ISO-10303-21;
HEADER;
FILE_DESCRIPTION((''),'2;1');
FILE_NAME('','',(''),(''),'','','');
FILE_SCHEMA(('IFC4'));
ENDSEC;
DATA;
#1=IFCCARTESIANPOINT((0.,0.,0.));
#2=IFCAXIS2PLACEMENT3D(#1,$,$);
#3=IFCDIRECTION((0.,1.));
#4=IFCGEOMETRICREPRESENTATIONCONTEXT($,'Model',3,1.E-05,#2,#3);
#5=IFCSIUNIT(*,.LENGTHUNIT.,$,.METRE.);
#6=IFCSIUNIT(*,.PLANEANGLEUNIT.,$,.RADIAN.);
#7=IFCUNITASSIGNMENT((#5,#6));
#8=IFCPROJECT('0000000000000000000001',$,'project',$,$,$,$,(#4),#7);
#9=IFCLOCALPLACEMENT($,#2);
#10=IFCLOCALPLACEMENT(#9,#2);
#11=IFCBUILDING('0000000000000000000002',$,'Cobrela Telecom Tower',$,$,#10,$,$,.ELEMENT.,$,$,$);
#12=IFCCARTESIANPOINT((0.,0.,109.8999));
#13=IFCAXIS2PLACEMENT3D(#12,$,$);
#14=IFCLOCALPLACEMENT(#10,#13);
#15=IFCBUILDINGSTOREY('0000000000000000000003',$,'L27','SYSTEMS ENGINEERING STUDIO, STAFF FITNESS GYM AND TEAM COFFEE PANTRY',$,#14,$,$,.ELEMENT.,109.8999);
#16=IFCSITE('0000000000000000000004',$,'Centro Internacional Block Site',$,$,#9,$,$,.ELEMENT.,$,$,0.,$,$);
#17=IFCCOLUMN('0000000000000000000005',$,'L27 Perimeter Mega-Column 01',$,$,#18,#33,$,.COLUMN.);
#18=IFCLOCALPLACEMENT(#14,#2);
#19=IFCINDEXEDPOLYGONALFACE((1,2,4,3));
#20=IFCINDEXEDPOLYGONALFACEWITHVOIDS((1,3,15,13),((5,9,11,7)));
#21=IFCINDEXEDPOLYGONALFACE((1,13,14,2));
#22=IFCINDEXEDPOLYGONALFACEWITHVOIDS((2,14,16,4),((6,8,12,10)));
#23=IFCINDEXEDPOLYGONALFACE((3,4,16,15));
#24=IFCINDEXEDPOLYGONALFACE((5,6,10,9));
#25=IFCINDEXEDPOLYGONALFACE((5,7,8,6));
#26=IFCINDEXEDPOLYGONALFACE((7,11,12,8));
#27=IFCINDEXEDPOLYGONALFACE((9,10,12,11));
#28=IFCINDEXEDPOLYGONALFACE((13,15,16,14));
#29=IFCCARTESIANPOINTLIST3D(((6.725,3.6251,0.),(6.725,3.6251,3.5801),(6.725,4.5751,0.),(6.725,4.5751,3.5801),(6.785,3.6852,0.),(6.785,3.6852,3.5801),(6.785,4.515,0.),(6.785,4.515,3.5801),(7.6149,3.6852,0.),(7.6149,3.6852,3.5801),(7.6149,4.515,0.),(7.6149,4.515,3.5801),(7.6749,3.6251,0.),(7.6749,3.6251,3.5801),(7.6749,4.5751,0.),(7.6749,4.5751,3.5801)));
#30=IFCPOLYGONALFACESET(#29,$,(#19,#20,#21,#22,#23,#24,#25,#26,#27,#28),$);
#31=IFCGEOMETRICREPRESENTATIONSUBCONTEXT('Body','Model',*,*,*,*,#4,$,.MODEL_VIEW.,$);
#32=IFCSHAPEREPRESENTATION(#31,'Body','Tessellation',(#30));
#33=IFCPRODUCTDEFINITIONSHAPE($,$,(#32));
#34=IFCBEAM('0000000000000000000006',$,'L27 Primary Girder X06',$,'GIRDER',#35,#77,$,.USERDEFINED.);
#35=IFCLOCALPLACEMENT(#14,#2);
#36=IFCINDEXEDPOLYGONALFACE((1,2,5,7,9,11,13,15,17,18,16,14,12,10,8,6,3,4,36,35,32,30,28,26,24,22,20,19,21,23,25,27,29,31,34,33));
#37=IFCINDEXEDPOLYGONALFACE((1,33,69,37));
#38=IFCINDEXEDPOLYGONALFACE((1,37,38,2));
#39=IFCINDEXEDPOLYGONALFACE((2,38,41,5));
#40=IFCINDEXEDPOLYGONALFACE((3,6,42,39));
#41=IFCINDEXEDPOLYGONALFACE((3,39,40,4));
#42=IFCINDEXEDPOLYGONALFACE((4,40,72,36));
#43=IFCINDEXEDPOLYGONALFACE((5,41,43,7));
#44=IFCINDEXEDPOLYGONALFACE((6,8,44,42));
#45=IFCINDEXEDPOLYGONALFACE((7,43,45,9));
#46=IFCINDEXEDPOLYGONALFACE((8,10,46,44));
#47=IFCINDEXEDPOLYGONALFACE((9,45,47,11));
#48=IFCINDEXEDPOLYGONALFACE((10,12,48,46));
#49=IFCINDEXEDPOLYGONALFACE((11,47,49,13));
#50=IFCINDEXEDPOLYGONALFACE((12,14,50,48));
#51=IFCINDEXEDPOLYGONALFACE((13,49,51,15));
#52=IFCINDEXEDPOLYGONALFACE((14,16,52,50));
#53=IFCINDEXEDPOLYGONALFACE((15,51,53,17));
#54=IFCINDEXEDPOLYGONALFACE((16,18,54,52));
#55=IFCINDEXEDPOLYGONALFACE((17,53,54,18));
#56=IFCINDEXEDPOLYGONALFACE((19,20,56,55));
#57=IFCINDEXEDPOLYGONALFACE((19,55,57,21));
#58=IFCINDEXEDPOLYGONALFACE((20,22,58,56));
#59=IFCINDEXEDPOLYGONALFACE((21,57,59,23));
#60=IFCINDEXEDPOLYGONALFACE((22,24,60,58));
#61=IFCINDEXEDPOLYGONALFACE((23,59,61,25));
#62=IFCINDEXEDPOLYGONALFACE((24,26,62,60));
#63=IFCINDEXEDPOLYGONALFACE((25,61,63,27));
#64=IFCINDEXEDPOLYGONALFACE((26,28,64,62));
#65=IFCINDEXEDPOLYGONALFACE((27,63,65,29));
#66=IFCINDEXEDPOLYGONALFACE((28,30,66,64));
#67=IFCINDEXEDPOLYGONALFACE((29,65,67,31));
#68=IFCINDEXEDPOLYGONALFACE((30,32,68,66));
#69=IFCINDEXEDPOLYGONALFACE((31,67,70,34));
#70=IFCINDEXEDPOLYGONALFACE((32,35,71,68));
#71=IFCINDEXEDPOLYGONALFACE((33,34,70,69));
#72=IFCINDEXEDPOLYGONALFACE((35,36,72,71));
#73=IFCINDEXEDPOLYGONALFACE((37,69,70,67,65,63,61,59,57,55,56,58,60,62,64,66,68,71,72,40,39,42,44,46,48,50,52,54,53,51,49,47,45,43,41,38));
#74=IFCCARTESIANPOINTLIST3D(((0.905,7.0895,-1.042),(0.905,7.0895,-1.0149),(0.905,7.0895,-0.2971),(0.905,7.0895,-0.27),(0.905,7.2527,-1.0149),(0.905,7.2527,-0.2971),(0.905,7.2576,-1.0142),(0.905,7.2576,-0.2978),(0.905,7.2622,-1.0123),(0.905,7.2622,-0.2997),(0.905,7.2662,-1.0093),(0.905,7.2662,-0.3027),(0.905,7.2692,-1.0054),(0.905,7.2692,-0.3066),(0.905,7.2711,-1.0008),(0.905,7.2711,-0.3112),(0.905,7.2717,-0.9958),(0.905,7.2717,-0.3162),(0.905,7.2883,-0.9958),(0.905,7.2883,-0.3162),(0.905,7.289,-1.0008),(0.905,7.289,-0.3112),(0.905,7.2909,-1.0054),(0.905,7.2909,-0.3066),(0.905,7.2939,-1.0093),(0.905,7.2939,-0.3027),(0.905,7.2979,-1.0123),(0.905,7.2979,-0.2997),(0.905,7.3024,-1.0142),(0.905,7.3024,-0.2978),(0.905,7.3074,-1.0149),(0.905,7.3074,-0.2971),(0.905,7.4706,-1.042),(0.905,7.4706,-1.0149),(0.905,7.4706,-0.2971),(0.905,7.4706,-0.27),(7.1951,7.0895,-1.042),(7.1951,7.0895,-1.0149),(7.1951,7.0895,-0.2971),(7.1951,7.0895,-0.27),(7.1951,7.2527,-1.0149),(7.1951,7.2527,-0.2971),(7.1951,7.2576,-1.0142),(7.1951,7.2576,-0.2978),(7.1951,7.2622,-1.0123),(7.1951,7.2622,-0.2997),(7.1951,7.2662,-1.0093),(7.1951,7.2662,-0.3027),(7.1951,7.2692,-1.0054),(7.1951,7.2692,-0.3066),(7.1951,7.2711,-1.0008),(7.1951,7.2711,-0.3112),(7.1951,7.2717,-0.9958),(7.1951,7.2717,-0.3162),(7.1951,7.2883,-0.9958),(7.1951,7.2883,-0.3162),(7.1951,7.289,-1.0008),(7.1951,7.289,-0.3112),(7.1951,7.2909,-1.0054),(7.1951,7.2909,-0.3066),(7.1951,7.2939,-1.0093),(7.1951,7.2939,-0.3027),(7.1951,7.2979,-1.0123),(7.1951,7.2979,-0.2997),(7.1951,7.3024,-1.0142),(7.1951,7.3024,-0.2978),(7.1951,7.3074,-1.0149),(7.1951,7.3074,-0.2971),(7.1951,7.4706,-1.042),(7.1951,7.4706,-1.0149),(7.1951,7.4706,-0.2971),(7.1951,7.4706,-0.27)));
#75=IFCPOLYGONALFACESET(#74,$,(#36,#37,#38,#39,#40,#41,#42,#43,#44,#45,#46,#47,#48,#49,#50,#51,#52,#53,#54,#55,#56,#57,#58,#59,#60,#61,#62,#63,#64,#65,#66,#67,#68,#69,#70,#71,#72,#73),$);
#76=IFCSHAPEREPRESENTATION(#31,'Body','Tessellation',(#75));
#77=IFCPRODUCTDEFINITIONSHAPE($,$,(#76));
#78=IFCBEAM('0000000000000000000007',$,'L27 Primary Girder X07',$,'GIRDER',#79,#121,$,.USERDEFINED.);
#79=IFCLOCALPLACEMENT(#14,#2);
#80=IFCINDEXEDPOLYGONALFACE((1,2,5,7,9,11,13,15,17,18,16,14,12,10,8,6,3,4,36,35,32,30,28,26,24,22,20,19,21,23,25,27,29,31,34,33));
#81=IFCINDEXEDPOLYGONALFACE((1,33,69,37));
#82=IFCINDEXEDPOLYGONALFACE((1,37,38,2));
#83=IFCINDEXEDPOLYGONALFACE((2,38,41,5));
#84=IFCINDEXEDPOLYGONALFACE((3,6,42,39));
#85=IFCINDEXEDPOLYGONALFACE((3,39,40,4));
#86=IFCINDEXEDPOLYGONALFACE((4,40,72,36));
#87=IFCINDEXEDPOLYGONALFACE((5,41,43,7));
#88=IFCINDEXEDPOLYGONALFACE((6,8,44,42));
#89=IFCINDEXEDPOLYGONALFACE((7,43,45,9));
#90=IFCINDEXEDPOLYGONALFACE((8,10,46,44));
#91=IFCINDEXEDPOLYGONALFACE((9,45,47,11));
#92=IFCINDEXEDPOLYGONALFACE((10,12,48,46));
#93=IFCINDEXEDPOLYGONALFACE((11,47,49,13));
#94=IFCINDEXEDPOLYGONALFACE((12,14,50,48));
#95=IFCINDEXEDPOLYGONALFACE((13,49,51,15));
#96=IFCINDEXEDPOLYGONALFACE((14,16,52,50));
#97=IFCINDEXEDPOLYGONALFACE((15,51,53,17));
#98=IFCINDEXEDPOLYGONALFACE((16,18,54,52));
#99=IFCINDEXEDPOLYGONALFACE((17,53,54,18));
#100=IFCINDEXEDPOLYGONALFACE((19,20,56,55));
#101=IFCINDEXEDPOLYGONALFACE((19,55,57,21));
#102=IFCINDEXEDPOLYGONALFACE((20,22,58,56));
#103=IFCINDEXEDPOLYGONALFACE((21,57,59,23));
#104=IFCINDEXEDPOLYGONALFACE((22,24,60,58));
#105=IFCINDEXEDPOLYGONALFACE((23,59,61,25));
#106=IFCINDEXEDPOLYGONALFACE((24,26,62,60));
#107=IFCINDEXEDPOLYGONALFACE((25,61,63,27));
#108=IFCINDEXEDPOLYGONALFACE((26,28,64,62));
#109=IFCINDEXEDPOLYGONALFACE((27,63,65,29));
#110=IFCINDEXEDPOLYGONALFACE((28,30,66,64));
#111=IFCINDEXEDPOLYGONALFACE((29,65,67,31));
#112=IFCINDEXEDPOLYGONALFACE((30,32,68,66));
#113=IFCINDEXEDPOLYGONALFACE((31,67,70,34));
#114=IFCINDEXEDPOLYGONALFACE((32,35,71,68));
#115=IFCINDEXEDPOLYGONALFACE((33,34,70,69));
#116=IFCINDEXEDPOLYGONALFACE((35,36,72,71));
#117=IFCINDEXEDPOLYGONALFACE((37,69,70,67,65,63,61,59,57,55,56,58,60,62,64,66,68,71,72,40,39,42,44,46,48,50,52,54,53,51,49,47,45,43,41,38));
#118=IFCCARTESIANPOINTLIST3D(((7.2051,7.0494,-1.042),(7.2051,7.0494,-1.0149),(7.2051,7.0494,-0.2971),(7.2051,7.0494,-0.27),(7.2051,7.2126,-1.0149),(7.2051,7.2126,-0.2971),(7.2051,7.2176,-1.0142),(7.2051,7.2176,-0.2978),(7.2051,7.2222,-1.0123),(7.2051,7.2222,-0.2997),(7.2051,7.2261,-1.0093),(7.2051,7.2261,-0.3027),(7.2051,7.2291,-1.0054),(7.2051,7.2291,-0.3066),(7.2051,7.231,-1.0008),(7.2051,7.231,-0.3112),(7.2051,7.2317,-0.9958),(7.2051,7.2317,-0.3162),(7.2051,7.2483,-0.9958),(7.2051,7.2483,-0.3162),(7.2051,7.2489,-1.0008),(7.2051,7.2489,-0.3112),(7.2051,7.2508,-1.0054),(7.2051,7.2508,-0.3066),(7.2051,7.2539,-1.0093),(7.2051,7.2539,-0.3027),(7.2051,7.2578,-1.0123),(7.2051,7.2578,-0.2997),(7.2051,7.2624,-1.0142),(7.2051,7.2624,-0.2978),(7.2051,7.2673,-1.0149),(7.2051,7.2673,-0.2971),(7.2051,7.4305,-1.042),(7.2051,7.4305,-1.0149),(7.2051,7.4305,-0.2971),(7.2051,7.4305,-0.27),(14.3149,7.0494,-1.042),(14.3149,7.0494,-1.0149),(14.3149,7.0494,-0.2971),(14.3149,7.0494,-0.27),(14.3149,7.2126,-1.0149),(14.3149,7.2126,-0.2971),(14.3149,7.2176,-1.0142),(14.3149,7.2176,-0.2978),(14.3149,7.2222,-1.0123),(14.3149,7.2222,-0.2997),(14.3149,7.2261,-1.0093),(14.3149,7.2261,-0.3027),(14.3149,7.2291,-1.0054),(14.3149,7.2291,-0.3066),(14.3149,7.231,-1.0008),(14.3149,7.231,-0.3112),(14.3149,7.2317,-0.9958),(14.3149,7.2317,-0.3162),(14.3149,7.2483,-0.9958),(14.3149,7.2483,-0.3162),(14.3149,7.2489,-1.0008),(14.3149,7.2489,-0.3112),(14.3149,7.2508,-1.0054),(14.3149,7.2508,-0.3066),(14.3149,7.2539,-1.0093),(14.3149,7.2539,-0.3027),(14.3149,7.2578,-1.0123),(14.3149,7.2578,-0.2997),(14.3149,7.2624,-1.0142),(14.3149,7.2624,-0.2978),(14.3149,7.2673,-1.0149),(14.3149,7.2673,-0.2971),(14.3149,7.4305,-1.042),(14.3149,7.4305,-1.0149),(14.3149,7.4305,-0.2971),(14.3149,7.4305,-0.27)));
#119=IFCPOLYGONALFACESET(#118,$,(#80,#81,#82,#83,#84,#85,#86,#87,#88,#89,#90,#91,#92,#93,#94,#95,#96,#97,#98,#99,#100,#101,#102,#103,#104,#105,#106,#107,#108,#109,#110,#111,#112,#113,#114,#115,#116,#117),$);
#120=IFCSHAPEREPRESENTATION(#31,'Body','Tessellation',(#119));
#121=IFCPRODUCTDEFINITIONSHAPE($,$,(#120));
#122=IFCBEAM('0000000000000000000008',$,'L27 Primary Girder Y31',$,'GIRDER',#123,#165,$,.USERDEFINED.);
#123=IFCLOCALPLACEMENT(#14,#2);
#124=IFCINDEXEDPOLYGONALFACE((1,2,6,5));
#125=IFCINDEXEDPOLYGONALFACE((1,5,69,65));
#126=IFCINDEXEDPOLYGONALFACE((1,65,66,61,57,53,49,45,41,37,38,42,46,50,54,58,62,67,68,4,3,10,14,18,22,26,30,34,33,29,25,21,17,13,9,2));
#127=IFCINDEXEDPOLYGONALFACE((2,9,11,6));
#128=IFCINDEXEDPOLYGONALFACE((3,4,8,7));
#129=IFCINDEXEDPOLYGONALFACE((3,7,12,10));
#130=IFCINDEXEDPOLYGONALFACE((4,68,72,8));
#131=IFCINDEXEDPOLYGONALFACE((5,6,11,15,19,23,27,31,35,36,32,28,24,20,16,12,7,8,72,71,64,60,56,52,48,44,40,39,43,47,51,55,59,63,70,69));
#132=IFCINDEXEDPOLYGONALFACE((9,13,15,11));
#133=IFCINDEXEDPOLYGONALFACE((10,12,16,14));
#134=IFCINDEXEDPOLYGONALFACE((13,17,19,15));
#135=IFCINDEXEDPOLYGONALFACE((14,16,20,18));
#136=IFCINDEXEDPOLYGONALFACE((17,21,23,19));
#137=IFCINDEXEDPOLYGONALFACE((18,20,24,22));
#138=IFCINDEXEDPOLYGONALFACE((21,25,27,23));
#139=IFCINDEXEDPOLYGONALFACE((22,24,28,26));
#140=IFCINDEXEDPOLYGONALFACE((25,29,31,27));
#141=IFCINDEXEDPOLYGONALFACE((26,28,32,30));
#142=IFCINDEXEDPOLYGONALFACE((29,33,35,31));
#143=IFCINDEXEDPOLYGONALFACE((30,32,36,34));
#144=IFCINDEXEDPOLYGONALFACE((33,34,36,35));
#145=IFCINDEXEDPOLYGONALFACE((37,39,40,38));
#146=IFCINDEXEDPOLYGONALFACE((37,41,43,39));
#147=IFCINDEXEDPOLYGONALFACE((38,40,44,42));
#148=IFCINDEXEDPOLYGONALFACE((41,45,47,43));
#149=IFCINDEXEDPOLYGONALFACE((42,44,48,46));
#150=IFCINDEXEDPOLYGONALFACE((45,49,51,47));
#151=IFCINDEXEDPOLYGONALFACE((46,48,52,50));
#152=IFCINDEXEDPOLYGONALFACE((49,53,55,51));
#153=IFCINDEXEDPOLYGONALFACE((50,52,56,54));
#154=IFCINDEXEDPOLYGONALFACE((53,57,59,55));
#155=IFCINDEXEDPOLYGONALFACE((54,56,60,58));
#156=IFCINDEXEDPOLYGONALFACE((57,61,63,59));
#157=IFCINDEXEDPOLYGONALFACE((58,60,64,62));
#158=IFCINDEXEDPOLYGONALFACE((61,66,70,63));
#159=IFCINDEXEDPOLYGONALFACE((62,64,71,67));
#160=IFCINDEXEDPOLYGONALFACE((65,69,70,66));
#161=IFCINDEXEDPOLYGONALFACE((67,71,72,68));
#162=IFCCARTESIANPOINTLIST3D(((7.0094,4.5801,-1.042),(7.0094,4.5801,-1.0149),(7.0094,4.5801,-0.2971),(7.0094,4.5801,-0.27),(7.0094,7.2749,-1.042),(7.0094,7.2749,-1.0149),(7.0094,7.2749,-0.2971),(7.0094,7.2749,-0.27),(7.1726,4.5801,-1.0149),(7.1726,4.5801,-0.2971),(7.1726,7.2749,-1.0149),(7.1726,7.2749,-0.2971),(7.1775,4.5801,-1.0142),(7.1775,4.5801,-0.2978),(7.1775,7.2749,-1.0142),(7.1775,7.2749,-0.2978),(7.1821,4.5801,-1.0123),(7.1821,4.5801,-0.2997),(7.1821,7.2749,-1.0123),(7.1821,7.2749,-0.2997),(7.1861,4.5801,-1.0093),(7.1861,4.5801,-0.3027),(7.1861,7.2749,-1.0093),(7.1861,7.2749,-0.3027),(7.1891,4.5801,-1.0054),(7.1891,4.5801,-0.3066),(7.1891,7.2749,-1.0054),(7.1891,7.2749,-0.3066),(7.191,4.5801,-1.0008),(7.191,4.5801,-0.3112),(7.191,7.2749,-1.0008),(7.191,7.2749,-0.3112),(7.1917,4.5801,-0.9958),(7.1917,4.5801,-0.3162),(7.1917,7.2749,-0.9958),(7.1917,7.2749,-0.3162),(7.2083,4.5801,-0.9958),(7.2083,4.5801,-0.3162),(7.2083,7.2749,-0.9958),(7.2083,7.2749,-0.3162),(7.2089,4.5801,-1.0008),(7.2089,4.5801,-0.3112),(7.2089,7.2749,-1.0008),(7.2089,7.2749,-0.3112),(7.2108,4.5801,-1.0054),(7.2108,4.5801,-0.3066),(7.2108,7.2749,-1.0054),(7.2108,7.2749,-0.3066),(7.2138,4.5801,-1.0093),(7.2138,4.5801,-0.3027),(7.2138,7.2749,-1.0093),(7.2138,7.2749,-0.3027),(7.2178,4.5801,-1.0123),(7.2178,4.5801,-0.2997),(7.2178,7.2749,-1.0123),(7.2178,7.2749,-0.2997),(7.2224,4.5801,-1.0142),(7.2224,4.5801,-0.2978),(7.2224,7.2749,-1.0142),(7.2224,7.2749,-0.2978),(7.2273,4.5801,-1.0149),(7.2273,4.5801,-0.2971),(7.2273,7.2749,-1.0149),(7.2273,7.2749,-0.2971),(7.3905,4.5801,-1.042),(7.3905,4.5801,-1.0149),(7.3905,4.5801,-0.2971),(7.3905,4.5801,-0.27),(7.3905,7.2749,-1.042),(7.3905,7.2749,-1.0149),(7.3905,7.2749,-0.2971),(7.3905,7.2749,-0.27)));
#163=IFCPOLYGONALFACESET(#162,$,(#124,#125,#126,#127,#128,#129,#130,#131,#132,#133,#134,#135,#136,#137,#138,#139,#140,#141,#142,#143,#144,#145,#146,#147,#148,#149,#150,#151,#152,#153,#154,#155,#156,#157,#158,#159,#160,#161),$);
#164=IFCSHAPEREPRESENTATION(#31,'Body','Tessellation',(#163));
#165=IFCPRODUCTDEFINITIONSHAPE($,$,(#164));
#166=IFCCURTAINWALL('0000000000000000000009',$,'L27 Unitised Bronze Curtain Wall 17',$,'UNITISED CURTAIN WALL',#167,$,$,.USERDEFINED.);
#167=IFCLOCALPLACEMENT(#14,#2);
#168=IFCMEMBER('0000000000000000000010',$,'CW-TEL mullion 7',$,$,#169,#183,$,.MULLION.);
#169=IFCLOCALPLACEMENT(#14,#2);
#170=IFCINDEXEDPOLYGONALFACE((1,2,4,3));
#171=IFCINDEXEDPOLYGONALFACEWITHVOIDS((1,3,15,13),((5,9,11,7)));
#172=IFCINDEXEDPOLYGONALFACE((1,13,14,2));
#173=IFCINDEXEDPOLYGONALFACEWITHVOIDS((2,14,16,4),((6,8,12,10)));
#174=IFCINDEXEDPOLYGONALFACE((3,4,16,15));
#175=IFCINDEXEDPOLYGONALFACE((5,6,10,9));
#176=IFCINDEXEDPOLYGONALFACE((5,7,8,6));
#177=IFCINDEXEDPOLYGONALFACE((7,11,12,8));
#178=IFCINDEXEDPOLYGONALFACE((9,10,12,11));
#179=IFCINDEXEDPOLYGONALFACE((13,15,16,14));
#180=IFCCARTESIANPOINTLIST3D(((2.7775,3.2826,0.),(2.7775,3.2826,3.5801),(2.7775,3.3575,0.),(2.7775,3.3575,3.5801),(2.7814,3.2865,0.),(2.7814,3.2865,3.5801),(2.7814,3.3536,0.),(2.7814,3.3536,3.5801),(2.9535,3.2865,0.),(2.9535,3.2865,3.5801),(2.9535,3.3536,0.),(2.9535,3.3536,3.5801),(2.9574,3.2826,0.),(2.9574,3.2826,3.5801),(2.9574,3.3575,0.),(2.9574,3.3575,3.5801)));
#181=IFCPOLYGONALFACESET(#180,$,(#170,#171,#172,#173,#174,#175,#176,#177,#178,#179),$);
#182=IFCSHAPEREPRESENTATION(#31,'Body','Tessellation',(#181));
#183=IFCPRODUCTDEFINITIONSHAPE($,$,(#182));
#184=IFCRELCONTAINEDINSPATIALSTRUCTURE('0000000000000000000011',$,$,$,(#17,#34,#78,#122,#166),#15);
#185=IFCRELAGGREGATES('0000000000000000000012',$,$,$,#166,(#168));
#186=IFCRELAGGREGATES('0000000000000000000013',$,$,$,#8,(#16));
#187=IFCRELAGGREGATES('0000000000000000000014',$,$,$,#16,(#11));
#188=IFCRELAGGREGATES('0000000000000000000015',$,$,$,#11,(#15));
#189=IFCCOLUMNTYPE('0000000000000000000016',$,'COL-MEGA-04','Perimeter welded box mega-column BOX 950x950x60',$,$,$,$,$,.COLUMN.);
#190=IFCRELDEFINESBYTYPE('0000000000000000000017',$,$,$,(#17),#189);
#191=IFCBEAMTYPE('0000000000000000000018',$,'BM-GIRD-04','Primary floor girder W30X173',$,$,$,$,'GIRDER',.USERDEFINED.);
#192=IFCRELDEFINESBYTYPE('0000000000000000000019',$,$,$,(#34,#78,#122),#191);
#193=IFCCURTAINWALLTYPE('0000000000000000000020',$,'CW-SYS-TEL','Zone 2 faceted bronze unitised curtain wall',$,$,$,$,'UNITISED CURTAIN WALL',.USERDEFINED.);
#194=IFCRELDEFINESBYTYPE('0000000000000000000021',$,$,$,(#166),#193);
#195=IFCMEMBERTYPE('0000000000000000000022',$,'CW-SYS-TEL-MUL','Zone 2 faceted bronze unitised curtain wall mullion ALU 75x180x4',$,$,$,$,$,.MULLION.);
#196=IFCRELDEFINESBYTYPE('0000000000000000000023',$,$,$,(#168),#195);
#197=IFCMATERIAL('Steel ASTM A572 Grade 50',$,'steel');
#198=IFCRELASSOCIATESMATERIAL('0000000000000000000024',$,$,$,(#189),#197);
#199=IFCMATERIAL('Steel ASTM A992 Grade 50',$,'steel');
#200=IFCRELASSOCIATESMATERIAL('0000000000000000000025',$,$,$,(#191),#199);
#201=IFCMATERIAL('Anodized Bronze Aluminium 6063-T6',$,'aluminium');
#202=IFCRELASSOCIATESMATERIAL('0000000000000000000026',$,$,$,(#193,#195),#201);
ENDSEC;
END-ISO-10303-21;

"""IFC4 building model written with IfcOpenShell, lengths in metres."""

from ifc_helpers import new_model, si_unit, direction, frame, origin, origin_2d, place, context, subcontext, project, spatial, hollow_rectangle, i_section, extrude, material, material_profile, profile_set, type_object, element, aggregate, save


model = new_model("IFC4")

# Units and contexts
model_context = context("Model", 3, precision=1e-05, world=origin(), true_north=direction((0.0, 1.0)))
body_context = subcontext(model_context, "Body", "Model", "MODEL_VIEW")
ifc_project = project(units=[si_unit("LENGTHUNIT", "METRE"), si_unit("PLANEANGLEUNIT", "RADIAN")], contexts=[model_context])

# Site, building, storey
site_placement = place(None, origin())
site = spatial("IfcSite", under=ifc_project, at=site_placement, Name="Centro Internacional Block Site", CompositionType="ELEMENT", RefElevation=0.0)
building_placement = place(site_placement, origin())
building = spatial("IfcBuilding", under=site, at=building_placement, Name="Cobrela Telecom Tower", CompositionType="ELEMENT")
storey_placement = place(building_placement, frame((0.0, 0.0, 109.8999)))
storey = spatial("IfcBuildingStorey", under=building, at=storey_placement, Name="L27", Description="SYSTEMS ENGINEERING STUDIO, STAFF FITNESS GYM AND TEAM COFFEE PANTRY", CompositionType="ELEMENT", Elevation=109.8999)

# Column
ifc_material_1 = material(Name="Steel ASTM A572 Grade 50", Category="steel")
ifc_material_profile_1 = material_profile(ifc_material_1, hollow_rectangle(XDim=0.95, YDim=0.95, WallThickness=0.0601, at=origin_2d()), Name="BOX 950x950x60")
ifc_profile_set_1 = profile_set([ifc_material_profile_1], Name="Steel ASTM A572 Grade 50")
column_type = type_object("IfcColumnType", Name="COL-MEGA-04", Description="Perimeter welded box mega-column BOX 950x950x60", PredefinedType="COLUMN", material=ifc_profile_set_1)
column_placement = place(storey_placement, frame((7.2, 4.1001, 0.0), z_axis=(0.0, 0.0, 1.0), x_axis=(1.0, 0.0, 0.0)))
element("IfcColumn", 1, at=column_placement, inside=storey, type_object=column_type, Name="L27 Perimeter Mega-Column 01", PredefinedType="COLUMN", context=body_context, shape_type="SweptSolid", body=[
    extrude(hollow_rectangle(XDim=0.95, YDim=0.95, WallThickness=0.0601, at=origin_2d()), origin(), (0.0, 0.0, 1.0), 3.5801),
])

# Beams
ifc_material_2 = material(Name="Steel ASTM A992 Grade 50", Category="steel")
ifc_material_profile_2 = material_profile(ifc_material_2, i_section(OverallWidth=0.3811, OverallDepth=0.772, WebThickness=0.0166, FlangeThickness=0.0271, FilletRadius=0.019, at=origin_2d()), Name="W30X173")
ifc_profile_set_2 = profile_set([ifc_material_profile_2], Name="Steel ASTM A992 Grade 50")
beam_type = type_object("IfcBeamType", Name="BM-GIRD-04", Description="Primary floor girder W30X173", ElementType="GIRDER", PredefinedType="USERDEFINED", material=ifc_profile_set_2)
beam_1_placement = place(storey_placement, frame((0.905, 7.28, -0.656), z_axis=(1.0, 0.0, 0.0), x_axis=(0.0, 1.0, 0.0)))
element("IfcBeam", 2, at=beam_1_placement, inside=storey, type_object=beam_type, Name="L27 Primary Girder X06", ObjectType="GIRDER", PredefinedType="USERDEFINED", context=body_context, shape_type="SweptSolid", body=[
    extrude(i_section(OverallWidth=0.3811, OverallDepth=0.772, WebThickness=0.0166, FlangeThickness=0.0271, FilletRadius=0.019, at=origin_2d()), origin(), (0.0, 0.0, 1.0), 6.29),
])
beam_2_placement = place(storey_placement, frame((7.2051, 7.24, -0.656), z_axis=(1.0, 0.0, 0.0), x_axis=(0.0, 1.0, 0.0)))
element("IfcBeam", 3, at=beam_2_placement, inside=storey, type_object=beam_type, Name="L27 Primary Girder X07", ObjectType="GIRDER", PredefinedType="USERDEFINED", context=body_context, shape_type="SweptSolid", body=[
    extrude(i_section(OverallWidth=0.3811, OverallDepth=0.772, WebThickness=0.0166, FlangeThickness=0.0271, FilletRadius=0.019, at=origin_2d()), origin(), (0.0, 0.0, 1.0), 7.1099),
])
beam_3_placement = place(storey_placement, frame((7.2, 4.5801, -0.656), z_axis=(0.0, 1.0, 0.0), x_axis=(-1.0, 0.0, 0.0)))
element("IfcBeam", 4, at=beam_3_placement, inside=storey, type_object=beam_type, Name="L27 Primary Girder Y31", ObjectType="GIRDER", PredefinedType="USERDEFINED", context=body_context, shape_type="SweptSolid", body=[
    extrude(i_section(OverallWidth=0.3811, OverallDepth=0.772, WebThickness=0.0166, FlangeThickness=0.0271, FilletRadius=0.019, at=origin_2d()), origin(), (0.0, 0.0, 1.0), 2.6948),
])

# Curtain wall, member
ifc_material_3 = material(Name="Anodized Bronze Aluminium 6063-T6", Category="aluminium")
curtain_wall_type = type_object("IfcCurtainWallType", Name="CW-SYS-TEL", Description="Zone 2 faceted bronze unitised curtain wall", ElementType="UNITISED CURTAIN WALL", PredefinedType="USERDEFINED", material=ifc_material_3)
curtain_wall_placement = place(storey_placement, origin())
curtain_wall = element("IfcCurtainWall", 5, at=curtain_wall_placement, inside=storey, type_object=curtain_wall_type, Name="L27 Unitised Bronze Curtain Wall 17", ObjectType="UNITISED CURTAIN WALL", PredefinedType="USERDEFINED")
ifc_material_profile_3 = material_profile(ifc_material_3, hollow_rectangle(XDim=0.075, YDim=0.1799, WallThickness=0.0039, at=origin_2d()), Name="ALU 75x180x4")
ifc_profile_set_3 = profile_set([ifc_material_profile_3], Name="Anodized Bronze Aluminium 6063-T6")
member_type = type_object("IfcMemberType", Name="CW-SYS-TEL-MUL", Description="Zone 2 faceted bronze unitised curtain wall mullion ALU 75x180x4", PredefinedType="MULLION", material=ifc_profile_set_3)
member_placement = place(storey_placement, frame((2.8674, 3.3201, 0.0), z_axis=(0.0, 0.0, 1.0), x_axis=(0.0, -1.0, 0.0)))
member = element("IfcMember", 6, at=member_placement, type_object=member_type, Name="CW-TEL mullion 7", PredefinedType="MULLION", context=body_context, shape_type="SweptSolid", body=[
    extrude(hollow_rectangle(XDim=0.075, YDim=0.1799, WallThickness=0.0039, at=origin_2d()), origin(), (0.0, 0.0, 1.0), 3.5801),
])
aggregate(curtain_wall, [member])

save(model, "model.ifc")
